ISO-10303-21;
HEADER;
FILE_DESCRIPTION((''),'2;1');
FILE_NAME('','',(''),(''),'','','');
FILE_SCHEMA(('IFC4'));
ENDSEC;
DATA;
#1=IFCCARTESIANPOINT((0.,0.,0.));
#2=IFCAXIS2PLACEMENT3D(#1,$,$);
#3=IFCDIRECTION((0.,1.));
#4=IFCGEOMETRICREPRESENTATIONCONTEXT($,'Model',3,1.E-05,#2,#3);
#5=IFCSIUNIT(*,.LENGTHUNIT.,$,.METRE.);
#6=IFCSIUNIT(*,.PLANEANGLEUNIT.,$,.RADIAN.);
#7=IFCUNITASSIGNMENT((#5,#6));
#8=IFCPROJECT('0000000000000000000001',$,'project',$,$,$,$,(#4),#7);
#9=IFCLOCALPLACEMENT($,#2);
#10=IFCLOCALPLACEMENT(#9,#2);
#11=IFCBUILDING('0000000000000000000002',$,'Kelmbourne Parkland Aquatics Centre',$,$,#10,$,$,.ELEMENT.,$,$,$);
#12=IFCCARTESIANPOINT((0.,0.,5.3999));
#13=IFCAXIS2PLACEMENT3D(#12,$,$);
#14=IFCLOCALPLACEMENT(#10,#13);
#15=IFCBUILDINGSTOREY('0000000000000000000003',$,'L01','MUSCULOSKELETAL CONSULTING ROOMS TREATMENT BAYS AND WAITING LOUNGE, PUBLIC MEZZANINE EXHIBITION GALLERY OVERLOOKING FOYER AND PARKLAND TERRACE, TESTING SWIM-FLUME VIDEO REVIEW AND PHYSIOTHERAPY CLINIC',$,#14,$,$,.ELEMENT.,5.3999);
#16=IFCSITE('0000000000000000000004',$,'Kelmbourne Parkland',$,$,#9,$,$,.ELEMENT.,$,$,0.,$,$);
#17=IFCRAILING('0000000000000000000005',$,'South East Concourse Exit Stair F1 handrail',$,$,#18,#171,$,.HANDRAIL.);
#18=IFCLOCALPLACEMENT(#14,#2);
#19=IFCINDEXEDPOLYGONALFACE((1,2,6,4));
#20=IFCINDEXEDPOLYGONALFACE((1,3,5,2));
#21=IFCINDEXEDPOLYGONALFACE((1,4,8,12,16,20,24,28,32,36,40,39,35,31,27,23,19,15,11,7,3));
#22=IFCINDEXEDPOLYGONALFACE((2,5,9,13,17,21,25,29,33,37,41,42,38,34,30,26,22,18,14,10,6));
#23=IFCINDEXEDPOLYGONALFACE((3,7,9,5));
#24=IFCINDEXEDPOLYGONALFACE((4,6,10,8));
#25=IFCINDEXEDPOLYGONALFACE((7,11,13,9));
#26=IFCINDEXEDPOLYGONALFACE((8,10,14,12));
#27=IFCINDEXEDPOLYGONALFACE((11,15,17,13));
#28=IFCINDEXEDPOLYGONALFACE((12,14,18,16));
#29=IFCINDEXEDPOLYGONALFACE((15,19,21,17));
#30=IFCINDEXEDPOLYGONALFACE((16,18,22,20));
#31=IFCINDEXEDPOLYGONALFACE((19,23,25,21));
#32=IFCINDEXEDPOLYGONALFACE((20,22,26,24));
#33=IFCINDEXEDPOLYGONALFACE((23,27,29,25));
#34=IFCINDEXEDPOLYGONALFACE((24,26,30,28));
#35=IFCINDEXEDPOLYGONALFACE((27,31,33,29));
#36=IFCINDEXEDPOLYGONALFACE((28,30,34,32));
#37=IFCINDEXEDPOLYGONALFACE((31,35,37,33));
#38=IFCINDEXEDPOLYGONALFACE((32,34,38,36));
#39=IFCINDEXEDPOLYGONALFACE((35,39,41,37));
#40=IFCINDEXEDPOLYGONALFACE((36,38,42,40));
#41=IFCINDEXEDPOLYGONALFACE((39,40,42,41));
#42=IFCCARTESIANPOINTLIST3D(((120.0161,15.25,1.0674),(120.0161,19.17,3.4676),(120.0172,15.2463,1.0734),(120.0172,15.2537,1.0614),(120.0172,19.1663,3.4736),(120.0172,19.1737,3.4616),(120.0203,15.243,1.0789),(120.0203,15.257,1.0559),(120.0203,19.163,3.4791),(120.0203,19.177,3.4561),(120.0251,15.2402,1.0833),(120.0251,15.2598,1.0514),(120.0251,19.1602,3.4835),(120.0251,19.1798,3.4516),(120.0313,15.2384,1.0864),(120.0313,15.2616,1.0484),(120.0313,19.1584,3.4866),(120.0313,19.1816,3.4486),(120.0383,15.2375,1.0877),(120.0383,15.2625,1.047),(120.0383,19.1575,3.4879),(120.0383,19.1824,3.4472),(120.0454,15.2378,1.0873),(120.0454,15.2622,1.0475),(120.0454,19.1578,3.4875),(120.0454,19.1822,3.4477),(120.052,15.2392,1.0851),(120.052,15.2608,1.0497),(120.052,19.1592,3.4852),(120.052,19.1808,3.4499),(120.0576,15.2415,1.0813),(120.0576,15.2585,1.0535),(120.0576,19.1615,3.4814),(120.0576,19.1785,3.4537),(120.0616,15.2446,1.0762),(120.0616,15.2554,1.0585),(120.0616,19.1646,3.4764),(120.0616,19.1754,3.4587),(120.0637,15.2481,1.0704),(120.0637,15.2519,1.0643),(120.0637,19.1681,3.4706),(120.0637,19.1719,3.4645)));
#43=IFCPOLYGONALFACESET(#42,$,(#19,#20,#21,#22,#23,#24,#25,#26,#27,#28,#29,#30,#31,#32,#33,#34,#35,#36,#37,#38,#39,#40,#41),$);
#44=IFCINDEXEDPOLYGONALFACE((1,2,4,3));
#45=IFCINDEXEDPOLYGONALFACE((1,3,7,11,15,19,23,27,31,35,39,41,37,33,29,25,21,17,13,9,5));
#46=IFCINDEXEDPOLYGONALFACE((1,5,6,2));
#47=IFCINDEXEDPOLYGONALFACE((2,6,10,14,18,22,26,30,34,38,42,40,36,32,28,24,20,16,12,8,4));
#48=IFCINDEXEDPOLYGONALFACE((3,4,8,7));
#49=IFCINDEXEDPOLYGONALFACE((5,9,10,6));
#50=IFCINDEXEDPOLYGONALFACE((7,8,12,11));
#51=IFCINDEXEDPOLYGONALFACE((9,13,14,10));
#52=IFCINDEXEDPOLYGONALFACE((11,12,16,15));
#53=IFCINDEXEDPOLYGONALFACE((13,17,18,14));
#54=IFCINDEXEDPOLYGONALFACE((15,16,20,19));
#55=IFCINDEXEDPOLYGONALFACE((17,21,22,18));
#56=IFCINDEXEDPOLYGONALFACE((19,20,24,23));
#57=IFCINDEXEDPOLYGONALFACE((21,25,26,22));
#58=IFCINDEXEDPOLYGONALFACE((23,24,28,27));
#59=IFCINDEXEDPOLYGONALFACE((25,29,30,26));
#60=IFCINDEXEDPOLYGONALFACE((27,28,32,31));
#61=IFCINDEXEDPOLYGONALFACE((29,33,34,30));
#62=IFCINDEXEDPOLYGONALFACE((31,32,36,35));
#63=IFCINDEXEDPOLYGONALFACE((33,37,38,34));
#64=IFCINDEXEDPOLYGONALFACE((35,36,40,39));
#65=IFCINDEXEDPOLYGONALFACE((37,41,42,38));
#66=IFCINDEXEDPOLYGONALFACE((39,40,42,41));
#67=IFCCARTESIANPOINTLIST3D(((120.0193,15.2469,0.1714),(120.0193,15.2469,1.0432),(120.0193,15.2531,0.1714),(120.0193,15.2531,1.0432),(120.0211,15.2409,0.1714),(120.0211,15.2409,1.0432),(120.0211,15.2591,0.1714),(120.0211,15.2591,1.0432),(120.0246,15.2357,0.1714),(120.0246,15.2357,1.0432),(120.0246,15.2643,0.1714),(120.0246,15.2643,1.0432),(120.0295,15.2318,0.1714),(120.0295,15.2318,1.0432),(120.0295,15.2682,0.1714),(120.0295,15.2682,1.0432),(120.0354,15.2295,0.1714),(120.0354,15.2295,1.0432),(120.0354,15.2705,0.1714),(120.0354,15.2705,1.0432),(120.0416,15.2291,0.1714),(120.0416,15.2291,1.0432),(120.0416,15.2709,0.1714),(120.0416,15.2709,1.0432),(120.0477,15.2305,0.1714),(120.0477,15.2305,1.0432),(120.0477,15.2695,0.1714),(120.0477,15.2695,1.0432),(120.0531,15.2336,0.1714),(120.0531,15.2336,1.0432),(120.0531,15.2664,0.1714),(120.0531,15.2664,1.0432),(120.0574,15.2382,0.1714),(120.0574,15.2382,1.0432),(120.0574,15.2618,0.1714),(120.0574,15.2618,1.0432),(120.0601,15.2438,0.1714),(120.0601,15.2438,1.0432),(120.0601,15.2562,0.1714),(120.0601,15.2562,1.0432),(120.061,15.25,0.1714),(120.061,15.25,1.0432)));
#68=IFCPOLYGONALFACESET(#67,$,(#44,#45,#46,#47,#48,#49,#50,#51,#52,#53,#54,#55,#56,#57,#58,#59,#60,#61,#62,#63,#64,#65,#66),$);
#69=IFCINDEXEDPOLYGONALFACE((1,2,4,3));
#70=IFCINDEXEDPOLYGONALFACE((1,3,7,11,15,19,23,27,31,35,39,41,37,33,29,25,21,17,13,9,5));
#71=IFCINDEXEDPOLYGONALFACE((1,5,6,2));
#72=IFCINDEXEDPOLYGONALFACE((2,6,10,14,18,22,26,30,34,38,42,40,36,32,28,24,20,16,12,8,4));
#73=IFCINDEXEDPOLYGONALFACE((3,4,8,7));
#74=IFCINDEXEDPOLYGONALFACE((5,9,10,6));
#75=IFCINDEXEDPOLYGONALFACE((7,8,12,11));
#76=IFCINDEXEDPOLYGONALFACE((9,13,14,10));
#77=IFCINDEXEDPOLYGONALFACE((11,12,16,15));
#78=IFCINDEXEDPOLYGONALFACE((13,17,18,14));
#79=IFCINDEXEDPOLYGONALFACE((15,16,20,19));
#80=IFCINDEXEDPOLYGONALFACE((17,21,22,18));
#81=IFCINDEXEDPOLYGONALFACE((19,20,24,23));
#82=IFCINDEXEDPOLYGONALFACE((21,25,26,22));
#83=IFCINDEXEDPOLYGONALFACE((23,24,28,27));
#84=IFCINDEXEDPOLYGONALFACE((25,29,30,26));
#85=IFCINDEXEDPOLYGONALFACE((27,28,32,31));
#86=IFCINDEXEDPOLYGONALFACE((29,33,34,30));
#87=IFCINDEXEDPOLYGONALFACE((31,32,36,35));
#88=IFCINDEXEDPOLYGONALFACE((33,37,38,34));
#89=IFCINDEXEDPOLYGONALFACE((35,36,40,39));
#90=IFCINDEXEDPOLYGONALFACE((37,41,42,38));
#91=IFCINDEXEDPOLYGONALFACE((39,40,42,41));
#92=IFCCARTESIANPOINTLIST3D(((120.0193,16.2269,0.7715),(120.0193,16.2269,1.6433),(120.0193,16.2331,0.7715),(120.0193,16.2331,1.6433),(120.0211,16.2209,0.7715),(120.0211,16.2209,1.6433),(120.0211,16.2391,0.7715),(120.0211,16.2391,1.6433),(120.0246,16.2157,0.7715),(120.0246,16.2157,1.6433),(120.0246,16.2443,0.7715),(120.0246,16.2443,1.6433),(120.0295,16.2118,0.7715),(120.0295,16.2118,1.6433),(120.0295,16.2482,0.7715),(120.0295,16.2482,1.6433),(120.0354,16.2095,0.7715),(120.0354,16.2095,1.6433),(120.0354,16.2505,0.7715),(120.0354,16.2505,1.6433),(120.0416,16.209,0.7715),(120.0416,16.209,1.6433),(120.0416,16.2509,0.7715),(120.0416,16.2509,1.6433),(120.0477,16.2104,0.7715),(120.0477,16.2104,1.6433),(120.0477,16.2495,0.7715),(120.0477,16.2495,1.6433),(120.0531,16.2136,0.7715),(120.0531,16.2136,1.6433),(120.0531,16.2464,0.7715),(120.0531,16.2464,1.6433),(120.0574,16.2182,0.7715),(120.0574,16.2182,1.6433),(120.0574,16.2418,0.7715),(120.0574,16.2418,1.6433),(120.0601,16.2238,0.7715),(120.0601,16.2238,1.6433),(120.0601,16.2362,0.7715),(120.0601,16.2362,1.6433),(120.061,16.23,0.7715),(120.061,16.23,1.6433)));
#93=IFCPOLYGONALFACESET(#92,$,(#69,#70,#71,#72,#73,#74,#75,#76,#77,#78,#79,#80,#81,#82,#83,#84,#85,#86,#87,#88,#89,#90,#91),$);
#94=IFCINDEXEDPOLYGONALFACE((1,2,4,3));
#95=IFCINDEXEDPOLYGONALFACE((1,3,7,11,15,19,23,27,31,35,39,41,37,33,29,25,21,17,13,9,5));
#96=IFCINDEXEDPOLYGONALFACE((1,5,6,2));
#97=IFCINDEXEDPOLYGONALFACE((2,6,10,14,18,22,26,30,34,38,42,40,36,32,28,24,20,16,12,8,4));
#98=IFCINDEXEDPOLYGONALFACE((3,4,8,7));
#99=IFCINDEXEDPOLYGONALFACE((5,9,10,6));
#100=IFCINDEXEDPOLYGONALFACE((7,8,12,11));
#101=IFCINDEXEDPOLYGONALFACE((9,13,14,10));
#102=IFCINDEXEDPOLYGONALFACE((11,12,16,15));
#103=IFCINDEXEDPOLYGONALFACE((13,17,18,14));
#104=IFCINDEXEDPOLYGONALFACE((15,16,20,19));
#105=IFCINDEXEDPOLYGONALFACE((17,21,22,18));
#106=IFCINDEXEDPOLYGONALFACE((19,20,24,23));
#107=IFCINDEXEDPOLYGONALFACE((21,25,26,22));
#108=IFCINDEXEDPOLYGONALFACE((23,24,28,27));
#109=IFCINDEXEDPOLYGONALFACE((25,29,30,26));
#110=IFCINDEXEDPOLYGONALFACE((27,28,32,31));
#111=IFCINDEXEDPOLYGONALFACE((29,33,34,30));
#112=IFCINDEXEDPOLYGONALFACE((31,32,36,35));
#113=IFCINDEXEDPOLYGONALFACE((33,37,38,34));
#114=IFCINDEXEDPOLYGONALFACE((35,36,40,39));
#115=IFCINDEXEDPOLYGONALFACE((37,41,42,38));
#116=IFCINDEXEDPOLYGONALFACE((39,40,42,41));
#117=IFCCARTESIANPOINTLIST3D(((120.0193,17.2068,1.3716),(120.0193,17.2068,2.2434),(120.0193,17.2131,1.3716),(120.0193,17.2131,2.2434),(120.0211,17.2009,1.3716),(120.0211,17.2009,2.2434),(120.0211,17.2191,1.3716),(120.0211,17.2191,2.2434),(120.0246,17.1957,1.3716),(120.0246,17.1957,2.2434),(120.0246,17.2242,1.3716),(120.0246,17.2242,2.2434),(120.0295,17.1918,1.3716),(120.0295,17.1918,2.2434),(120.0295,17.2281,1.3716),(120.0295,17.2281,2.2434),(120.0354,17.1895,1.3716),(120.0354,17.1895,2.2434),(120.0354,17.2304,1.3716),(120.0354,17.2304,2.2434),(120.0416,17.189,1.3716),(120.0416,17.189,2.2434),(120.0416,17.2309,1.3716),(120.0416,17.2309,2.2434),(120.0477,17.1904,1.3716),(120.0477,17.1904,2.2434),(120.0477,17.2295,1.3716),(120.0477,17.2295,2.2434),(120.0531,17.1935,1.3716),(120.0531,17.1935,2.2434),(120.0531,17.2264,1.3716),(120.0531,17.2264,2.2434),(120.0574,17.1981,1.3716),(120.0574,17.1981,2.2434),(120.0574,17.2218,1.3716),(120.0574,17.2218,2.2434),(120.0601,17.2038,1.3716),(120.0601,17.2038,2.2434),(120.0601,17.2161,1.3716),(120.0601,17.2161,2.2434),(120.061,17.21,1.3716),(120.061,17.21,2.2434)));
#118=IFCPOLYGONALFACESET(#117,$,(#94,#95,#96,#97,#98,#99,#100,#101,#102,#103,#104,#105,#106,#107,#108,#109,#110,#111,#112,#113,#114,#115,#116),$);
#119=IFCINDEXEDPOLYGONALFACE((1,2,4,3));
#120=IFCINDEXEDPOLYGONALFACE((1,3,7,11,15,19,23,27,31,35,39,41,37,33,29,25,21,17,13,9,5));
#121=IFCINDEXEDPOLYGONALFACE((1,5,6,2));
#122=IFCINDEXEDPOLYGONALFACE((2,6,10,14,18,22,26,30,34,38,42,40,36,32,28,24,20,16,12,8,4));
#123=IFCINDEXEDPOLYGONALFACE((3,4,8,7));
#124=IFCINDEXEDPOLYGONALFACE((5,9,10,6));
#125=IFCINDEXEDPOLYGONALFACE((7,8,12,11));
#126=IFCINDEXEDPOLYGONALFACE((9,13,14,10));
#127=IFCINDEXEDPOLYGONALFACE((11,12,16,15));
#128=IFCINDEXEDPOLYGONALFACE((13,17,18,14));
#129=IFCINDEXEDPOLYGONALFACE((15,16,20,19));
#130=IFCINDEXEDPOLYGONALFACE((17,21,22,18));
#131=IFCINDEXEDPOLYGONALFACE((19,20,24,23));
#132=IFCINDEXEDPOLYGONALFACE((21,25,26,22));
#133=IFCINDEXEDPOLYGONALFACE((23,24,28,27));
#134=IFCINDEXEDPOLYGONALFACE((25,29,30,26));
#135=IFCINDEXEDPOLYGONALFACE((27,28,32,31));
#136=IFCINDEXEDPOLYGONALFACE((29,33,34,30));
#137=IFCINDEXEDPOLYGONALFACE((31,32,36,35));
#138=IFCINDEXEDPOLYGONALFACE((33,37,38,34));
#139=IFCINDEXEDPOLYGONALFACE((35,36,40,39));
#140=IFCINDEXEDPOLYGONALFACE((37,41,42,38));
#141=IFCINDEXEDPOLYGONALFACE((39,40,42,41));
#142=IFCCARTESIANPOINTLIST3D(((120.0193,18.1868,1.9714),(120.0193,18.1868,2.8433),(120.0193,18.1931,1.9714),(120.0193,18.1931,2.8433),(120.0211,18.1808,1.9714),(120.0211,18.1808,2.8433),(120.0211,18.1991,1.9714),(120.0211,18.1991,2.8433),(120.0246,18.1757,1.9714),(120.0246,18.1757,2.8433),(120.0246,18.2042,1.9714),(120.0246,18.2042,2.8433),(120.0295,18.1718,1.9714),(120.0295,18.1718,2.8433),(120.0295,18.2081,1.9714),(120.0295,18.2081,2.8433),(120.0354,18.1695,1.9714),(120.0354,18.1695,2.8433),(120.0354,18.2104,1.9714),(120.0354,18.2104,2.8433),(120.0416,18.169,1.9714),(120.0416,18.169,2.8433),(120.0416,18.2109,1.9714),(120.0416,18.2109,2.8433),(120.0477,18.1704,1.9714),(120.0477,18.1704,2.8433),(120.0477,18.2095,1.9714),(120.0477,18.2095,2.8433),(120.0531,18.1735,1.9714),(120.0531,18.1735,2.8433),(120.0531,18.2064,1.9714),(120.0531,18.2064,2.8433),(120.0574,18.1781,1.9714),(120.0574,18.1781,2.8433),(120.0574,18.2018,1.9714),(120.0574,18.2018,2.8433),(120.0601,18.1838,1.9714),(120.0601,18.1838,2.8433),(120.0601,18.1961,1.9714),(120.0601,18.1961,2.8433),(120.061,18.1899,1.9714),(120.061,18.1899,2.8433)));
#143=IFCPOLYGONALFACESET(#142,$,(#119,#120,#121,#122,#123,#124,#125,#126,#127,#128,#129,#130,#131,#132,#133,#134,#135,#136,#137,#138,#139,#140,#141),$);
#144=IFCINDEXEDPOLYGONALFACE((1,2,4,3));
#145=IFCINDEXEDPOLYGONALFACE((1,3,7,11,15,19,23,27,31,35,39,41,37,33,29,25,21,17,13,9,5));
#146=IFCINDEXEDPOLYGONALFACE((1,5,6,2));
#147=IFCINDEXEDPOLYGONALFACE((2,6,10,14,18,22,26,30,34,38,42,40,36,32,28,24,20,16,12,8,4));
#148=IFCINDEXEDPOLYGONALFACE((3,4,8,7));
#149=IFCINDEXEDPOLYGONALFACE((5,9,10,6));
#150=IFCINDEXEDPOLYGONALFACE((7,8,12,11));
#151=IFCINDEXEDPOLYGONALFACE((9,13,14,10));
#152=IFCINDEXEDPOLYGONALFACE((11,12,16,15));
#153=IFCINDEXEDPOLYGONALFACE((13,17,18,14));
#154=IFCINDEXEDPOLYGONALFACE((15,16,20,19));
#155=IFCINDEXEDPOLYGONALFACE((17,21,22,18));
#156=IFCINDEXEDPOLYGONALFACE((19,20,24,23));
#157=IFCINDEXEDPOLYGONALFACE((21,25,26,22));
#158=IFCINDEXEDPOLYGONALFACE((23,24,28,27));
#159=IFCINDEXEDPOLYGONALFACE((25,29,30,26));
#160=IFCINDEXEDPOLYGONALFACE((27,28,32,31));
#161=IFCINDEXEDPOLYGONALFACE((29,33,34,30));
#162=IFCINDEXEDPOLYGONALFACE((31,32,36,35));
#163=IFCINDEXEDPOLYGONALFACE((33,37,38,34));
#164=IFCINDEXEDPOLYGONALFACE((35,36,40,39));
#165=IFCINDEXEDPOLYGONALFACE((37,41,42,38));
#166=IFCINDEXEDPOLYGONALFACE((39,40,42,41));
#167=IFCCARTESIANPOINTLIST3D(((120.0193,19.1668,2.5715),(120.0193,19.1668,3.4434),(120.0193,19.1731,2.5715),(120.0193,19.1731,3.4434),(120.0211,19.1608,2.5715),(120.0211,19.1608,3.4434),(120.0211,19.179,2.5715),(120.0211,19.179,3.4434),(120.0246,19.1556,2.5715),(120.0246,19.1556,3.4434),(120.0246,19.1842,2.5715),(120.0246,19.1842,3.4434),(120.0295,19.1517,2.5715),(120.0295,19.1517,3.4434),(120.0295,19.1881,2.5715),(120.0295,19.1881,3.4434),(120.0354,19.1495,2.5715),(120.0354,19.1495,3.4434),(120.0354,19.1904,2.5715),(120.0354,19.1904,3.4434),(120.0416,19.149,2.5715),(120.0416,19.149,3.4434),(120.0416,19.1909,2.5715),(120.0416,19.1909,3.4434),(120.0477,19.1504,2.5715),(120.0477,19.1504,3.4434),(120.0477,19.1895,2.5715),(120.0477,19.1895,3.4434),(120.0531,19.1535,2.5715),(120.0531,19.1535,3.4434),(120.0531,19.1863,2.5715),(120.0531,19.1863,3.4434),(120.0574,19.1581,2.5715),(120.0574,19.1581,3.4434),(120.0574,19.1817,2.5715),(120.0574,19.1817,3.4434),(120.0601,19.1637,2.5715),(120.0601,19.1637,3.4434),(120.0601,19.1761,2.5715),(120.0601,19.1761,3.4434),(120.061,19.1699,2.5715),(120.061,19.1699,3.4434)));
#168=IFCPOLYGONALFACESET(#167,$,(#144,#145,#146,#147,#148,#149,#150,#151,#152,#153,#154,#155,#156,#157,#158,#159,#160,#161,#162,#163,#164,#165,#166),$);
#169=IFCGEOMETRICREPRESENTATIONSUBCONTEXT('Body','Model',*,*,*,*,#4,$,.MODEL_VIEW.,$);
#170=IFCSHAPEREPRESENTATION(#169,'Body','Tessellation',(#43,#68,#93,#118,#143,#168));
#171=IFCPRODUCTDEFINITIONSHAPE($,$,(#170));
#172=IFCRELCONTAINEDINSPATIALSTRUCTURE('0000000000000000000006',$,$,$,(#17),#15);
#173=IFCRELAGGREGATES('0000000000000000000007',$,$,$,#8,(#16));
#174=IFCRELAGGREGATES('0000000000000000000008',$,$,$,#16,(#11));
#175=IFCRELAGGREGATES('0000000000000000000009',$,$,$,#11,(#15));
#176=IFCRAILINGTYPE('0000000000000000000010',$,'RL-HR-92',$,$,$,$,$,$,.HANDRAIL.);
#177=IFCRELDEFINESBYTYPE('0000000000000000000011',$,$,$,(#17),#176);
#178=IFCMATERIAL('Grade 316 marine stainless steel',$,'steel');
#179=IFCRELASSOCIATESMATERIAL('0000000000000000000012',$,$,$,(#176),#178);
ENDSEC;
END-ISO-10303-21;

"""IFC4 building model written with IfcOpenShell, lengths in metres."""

from ifc_helpers import new_model, si_unit, direction, frame, origin, origin_2d, place, context, subcontext, project, spatial, circle, extrude, material, type_object, element, save


model = new_model("IFC4")

# Units and contexts
model_context = context("Model", 3, precision=1e-05, world=origin(), true_north=direction((0.0, 1.0)))
body_context = subcontext(model_context, "Body", "Model", "MODEL_VIEW")
ifc_project = project(units=[si_unit("LENGTHUNIT", "METRE"), si_unit("PLANEANGLEUNIT", "RADIAN")], contexts=[model_context])

# Site, building, storey
site_placement = place(None, origin())
site = spatial("IfcSite", under=ifc_project, at=site_placement, Name="Kelmbourne Parkland", CompositionType="ELEMENT", RefElevation=0.0)
building_placement = place(site_placement, origin())
building = spatial("IfcBuilding", under=site, at=building_placement, Name="Kelmbourne Parkland Aquatics Centre", CompositionType="ELEMENT")
storey_placement = place(building_placement, frame((0.0, 0.0, 5.3999)))
storey = spatial("IfcBuildingStorey", under=building, at=storey_placement, Name="L01", Description="MUSCULOSKELETAL CONSULTING ROOMS TREATMENT BAYS AND WAITING LOUNGE, PUBLIC MEZZANINE EXHIBITION GALLERY OVERLOOKING FOYER AND PARKLAND TERRACE, TESTING SWIM-FLUME VIDEO REVIEW AND PHYSIOTHERAPY CLINIC", CompositionType="ELEMENT", Elevation=5.3999)

# Railing
ifc_material_1 = material(Name="Grade 316 marine stainless steel", Category="steel")
railing_type_1 = type_object("IfcRailingType", Name="RL-HR-92", PredefinedType="HANDRAIL", material=ifc_material_1)
railing_1_placement = place(storey_placement, frame((120.04, 15.25, 0.1714)))
element("IfcRailing", 1, at=railing_1_placement, inside=storey, type_object=railing_type_1, Name="South East Concourse Exit Stair F1 handrail", PredefinedType="HANDRAIL", context=body_context, shape_type="SweptSolid", body=[
    extrude(circle(Radius=0.0239, at=origin_2d()), frame((0.0, 0.0, 0.896), z_axis=(0.0, 0.852832, 0.522185), x_axis=(-1.0, 0.0, 0.0)), (0.0, 0.0, 1.0), 4.5964),
    extrude(circle(Radius=0.021, at=origin_2d()), origin(), (0.0, 0.0, 1.0), 0.8718),
    extrude(circle(Radius=0.021, at=origin_2d()), frame((0.0, 0.98, 0.6001)), (0.0, 0.0, 1.0), 0.8718),
    extrude(circle(Radius=0.021, at=origin_2d()), frame((0.0, 1.96, 1.2002)), (0.0, 0.0, 1.0), 0.8718),
    extrude(circle(Radius=0.021, at=origin_2d()), frame((0.0, 2.9399, 1.8)), (0.0, 0.0, 1.0), 0.8718),
    extrude(circle(Radius=0.021, at=origin_2d()), frame((0.0, 3.9199, 2.4001)), (0.0, 0.0, 1.0), 0.8718),
])

save(model, "model.ifc")
